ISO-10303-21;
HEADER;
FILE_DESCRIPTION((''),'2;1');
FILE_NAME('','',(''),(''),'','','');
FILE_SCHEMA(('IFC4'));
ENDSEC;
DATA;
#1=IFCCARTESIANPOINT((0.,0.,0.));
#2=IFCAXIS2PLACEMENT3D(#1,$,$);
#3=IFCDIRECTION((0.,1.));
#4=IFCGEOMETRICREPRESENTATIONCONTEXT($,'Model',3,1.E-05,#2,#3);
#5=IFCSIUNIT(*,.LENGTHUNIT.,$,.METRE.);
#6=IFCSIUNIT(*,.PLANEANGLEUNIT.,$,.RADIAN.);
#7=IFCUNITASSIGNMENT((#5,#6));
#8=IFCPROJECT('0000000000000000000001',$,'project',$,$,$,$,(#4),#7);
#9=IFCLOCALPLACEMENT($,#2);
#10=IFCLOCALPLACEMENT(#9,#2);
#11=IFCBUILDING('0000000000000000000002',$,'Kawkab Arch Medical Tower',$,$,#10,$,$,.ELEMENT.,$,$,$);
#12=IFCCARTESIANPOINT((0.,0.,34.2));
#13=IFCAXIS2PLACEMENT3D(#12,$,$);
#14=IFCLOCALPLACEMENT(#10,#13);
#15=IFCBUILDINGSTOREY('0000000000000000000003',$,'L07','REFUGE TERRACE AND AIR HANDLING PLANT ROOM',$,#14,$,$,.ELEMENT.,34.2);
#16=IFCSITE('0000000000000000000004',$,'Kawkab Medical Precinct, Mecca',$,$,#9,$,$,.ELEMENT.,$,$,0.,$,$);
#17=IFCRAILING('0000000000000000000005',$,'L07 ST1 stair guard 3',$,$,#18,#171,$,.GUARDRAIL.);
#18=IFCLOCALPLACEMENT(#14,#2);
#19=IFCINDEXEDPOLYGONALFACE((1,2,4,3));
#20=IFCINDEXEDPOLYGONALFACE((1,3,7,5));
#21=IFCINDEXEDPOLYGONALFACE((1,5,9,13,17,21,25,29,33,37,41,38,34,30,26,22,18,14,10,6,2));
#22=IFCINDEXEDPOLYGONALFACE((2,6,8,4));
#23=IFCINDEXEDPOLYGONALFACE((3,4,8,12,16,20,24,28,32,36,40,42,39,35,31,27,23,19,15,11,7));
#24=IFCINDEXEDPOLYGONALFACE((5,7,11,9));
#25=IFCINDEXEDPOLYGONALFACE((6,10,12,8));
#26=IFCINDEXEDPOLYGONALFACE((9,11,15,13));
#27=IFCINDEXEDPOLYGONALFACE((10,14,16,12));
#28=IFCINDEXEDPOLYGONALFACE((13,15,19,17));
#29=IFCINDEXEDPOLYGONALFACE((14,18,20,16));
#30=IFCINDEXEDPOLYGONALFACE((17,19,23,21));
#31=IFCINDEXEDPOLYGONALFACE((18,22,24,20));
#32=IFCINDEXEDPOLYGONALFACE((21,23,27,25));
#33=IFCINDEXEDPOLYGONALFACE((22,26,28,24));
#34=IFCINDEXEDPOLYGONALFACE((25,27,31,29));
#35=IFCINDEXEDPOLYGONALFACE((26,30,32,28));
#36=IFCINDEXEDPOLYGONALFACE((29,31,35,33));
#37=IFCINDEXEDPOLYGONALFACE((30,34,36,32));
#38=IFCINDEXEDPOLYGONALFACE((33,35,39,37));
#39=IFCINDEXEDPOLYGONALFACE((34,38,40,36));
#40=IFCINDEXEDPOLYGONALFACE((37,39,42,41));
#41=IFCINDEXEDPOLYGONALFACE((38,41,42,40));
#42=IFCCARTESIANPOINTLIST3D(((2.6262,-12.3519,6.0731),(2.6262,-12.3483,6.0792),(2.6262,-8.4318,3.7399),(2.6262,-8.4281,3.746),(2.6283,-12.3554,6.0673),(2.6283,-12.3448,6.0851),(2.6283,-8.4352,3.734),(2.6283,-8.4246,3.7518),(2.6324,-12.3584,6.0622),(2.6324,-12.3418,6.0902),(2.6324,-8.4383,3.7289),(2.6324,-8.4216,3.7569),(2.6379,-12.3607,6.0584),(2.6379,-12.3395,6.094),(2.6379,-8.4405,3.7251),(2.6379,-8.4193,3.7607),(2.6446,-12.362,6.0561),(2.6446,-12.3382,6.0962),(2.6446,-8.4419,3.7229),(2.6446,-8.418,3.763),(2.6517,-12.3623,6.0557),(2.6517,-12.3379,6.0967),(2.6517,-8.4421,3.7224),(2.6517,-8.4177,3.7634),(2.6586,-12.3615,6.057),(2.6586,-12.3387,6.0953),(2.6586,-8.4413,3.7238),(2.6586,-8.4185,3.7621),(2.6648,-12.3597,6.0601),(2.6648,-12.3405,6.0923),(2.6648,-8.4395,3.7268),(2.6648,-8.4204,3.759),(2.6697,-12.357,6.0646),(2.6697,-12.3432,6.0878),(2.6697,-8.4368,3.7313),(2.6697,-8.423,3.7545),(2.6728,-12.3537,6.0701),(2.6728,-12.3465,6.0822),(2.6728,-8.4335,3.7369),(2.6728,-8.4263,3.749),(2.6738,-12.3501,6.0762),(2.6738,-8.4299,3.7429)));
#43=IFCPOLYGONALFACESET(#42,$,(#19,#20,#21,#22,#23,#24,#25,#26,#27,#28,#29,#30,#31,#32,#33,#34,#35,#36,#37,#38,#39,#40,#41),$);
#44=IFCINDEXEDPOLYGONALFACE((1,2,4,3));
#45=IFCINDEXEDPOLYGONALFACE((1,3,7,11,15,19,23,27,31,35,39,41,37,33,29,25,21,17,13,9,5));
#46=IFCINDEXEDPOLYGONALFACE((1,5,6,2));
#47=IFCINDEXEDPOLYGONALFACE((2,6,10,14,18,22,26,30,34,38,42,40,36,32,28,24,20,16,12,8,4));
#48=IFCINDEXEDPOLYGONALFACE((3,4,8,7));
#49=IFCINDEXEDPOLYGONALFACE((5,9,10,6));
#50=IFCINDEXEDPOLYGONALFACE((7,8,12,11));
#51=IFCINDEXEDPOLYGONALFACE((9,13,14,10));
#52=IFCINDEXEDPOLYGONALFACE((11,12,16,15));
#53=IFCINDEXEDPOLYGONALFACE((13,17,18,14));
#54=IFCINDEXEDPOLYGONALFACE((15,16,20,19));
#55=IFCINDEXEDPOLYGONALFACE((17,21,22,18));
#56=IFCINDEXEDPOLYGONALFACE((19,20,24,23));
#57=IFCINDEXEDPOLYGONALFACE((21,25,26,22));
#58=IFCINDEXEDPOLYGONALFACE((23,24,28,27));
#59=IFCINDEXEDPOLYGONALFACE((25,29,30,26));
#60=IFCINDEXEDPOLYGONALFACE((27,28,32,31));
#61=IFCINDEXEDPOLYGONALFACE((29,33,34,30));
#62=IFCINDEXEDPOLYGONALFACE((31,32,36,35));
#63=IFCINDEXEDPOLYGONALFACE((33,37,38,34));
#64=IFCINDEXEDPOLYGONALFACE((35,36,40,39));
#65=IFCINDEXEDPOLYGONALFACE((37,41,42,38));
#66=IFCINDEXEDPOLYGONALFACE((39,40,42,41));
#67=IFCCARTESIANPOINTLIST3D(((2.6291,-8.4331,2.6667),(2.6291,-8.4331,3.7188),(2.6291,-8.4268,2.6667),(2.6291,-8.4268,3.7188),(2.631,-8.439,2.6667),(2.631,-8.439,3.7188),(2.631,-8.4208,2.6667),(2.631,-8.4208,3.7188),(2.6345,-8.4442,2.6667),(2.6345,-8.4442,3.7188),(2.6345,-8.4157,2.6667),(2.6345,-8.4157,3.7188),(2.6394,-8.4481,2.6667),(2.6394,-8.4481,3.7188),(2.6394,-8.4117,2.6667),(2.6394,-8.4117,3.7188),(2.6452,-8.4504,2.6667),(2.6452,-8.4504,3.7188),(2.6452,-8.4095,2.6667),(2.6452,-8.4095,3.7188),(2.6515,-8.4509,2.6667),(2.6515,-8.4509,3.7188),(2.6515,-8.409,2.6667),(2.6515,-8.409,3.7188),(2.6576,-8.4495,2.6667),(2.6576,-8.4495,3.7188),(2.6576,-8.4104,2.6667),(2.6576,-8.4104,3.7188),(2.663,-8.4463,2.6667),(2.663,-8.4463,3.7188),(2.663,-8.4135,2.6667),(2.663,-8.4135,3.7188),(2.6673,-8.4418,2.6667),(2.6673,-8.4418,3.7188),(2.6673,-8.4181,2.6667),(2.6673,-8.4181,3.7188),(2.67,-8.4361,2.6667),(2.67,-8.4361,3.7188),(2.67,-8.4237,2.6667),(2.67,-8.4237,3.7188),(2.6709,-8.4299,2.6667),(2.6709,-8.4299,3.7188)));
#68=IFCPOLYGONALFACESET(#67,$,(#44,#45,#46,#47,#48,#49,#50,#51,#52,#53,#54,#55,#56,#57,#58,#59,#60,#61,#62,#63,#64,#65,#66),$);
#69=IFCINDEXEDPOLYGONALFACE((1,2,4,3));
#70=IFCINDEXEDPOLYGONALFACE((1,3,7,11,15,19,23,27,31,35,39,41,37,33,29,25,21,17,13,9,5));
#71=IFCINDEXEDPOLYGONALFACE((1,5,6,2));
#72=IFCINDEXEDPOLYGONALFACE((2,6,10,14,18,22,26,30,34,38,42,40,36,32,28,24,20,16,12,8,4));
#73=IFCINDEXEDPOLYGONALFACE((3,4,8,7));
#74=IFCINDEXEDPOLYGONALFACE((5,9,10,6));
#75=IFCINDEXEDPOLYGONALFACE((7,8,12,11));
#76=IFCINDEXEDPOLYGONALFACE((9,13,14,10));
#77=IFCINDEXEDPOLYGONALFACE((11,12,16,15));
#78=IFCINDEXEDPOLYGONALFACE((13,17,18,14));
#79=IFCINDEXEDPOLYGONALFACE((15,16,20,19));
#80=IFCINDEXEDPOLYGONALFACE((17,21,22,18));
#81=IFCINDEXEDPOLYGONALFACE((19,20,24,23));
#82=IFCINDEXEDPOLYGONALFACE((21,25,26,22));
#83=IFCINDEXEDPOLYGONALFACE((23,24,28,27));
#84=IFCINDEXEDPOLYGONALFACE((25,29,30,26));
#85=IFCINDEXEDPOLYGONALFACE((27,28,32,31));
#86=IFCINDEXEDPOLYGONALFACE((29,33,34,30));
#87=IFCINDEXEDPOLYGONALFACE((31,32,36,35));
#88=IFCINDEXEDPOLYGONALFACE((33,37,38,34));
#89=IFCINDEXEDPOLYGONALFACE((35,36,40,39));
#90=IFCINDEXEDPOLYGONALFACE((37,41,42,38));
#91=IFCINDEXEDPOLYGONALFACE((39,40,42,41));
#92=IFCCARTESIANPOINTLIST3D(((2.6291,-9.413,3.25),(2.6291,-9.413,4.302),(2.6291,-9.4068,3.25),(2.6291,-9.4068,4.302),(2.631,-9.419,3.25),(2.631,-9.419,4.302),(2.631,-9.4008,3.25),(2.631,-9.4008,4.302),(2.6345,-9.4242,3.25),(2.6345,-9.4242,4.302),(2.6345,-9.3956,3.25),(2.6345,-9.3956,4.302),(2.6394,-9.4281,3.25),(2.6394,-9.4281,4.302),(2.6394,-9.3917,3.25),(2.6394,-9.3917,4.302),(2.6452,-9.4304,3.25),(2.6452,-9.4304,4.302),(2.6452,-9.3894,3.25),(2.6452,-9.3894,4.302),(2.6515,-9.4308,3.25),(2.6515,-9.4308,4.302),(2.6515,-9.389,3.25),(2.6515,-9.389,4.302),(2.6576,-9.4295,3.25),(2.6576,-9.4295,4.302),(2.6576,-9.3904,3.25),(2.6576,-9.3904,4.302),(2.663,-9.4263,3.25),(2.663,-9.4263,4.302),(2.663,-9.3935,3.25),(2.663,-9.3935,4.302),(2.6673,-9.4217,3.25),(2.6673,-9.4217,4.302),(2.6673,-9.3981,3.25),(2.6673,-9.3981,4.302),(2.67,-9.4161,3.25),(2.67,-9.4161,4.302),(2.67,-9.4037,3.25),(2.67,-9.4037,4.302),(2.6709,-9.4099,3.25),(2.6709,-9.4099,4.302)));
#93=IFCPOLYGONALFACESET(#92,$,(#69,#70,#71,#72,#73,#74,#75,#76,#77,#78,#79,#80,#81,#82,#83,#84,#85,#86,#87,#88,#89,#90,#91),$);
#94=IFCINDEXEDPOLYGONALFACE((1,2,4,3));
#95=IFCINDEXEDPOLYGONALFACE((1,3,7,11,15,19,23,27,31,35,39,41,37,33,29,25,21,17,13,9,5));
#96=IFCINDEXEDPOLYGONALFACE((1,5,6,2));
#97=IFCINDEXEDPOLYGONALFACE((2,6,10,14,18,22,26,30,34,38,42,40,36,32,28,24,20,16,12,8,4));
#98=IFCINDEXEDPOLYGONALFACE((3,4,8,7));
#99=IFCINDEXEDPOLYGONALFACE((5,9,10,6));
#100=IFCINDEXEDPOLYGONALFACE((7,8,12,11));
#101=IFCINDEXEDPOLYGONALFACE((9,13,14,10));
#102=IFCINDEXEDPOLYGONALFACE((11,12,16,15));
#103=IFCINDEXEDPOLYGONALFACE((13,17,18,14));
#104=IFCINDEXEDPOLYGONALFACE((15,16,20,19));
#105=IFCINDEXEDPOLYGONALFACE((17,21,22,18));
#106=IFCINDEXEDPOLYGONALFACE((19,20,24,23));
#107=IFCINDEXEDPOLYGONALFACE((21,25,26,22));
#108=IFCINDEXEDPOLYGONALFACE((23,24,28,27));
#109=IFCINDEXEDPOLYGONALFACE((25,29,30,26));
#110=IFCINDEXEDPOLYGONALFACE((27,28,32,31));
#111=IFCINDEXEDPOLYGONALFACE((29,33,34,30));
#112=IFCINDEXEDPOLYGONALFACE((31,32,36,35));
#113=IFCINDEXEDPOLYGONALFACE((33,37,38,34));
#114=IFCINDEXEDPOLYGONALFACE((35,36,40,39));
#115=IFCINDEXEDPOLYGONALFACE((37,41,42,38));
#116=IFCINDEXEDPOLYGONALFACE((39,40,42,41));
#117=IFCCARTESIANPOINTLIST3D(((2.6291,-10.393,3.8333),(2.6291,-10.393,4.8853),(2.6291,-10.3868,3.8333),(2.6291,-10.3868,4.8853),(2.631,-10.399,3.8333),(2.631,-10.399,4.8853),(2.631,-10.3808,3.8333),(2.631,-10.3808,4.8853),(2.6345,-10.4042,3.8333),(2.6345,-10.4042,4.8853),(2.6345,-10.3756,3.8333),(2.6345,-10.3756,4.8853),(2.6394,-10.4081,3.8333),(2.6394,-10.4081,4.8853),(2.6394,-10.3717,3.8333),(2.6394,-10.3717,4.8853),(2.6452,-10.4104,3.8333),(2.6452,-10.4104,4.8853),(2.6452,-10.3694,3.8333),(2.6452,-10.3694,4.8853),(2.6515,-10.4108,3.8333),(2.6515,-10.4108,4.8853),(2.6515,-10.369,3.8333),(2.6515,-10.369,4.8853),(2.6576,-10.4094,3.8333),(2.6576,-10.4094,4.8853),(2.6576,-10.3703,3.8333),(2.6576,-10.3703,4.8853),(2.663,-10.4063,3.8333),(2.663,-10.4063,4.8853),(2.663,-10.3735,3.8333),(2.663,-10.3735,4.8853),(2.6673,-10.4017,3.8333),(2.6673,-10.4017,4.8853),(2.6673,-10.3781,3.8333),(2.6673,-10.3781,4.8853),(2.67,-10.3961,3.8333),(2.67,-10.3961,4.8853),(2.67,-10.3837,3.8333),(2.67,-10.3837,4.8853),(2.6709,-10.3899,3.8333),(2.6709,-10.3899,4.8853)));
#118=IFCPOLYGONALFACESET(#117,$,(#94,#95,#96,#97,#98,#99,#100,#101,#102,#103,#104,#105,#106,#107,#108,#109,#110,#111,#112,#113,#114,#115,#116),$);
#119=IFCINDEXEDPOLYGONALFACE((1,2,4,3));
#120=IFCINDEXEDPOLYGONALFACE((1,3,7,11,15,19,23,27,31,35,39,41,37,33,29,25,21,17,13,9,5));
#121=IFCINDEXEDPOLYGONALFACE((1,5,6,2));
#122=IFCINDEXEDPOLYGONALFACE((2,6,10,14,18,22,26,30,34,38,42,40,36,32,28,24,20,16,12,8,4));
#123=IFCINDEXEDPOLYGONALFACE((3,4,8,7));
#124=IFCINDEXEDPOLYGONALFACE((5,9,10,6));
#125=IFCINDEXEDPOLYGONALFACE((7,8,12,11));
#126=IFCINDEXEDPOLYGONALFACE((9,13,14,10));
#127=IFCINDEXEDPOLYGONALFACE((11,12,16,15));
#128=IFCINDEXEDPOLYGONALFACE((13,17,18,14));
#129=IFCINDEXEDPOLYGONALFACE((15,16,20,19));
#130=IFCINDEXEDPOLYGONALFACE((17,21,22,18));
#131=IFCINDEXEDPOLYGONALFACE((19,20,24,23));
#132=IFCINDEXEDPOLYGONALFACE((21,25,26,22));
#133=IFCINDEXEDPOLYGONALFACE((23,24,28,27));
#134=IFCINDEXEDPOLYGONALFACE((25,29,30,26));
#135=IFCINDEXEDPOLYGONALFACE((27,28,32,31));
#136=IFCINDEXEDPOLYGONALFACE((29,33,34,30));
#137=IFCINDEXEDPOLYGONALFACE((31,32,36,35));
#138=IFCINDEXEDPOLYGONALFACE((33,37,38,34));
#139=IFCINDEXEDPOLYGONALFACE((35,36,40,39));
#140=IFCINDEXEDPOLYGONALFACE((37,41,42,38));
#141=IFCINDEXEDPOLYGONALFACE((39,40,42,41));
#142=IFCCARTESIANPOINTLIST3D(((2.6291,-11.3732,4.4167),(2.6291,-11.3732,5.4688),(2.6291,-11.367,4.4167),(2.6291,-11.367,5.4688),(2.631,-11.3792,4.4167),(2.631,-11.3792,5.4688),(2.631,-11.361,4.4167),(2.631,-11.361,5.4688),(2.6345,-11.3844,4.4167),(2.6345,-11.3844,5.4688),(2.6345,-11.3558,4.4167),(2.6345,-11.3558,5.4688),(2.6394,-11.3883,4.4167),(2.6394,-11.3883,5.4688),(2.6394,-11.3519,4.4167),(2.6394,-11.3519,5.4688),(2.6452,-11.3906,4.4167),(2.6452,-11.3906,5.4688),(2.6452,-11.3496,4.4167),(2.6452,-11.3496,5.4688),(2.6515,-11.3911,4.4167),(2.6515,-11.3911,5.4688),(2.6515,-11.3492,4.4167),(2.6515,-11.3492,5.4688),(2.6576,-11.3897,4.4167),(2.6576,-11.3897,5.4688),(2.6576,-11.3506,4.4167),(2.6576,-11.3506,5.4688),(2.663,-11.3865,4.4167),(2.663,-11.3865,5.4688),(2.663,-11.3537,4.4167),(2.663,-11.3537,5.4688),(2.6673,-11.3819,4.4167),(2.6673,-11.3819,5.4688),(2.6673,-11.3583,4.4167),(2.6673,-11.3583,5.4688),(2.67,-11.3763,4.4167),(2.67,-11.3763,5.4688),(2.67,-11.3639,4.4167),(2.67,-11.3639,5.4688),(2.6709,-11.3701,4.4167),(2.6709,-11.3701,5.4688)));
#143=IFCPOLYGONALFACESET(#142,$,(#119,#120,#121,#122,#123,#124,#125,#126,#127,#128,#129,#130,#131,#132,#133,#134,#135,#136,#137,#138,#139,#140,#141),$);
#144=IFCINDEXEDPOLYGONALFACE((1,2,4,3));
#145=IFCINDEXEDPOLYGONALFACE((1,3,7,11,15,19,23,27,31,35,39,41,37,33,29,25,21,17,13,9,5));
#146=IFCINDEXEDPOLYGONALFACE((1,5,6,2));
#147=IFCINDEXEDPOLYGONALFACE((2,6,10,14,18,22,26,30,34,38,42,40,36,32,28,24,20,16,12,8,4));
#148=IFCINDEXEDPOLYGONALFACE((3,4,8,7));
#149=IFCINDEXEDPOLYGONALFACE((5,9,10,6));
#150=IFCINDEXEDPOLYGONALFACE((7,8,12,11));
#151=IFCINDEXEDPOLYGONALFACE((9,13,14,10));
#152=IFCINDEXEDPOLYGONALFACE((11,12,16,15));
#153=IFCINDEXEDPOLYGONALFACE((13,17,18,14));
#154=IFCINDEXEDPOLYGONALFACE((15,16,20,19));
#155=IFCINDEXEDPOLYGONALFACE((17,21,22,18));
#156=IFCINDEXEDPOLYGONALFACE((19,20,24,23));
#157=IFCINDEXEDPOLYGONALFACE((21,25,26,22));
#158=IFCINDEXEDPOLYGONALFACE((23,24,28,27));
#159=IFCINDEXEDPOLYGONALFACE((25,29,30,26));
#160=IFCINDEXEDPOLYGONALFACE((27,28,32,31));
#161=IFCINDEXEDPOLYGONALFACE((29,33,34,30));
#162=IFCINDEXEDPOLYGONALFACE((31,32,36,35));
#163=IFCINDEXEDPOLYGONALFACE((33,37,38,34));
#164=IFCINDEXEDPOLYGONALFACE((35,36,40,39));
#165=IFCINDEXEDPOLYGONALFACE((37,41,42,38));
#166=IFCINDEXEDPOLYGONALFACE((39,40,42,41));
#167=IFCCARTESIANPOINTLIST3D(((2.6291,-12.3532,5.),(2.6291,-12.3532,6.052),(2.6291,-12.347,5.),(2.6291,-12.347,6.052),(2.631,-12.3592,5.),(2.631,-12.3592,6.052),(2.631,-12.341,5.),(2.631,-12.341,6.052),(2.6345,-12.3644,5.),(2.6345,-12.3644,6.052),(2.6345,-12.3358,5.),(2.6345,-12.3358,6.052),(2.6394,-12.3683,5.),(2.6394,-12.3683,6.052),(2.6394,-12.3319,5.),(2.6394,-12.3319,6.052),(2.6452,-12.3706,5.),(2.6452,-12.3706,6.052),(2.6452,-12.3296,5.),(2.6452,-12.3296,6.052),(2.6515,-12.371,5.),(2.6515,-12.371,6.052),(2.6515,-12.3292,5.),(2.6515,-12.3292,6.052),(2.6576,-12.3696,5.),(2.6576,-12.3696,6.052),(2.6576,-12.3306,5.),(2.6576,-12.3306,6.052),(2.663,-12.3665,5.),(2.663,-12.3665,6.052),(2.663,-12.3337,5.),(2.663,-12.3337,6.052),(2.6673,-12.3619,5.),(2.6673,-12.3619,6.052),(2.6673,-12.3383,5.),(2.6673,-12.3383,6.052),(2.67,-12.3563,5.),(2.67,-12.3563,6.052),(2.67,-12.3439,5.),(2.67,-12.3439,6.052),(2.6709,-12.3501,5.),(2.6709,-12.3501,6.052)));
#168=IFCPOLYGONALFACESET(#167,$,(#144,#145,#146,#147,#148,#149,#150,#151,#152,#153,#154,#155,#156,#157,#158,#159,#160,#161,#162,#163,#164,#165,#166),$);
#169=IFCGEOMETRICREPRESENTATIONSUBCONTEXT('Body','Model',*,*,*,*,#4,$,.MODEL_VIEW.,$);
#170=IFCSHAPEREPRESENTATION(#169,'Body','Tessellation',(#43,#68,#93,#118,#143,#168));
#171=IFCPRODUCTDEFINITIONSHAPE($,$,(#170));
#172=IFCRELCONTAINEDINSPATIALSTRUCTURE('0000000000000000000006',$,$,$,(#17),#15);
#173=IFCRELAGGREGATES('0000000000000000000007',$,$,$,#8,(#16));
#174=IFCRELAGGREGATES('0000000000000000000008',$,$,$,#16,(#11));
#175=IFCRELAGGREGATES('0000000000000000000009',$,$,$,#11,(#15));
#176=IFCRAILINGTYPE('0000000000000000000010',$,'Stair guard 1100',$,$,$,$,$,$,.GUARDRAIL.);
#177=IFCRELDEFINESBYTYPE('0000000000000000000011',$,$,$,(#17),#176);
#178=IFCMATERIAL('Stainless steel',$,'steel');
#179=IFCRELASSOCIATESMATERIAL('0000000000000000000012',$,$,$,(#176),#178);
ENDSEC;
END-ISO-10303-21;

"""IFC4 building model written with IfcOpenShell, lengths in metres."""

from ifc_helpers import new_model, si_unit, direction, frame, origin, origin_2d, place, context, subcontext, project, spatial, circle, extrude, material, type_object, element, save


model = new_model("IFC4")

# Units and contexts
model_context = context("Model", 3, precision=1e-05, world=origin(), true_north=direction((0.0, 1.0)))
body_context = subcontext(model_context, "Body", "Model", "MODEL_VIEW")
ifc_project = project(units=[si_unit("LENGTHUNIT", "METRE"), si_unit("PLANEANGLEUNIT", "RADIAN")], contexts=[model_context])

# Site, building, storey
site_placement = place(None, origin())
site = spatial("IfcSite", under=ifc_project, at=site_placement, Name="Kawkab Medical Precinct, Mecca", CompositionType="ELEMENT", RefElevation=0.0)
building_placement = place(site_placement, origin())
building = spatial("IfcBuilding", under=site, at=building_placement, Name="Kawkab Arch Medical Tower", CompositionType="ELEMENT")
storey_placement = place(building_placement, frame((0.0, 0.0, 34.2)))
storey = spatial("IfcBuildingStorey", under=building, at=storey_placement, Name="L07", Description="REFUGE TERRACE AND AIR HANDLING PLANT ROOM", CompositionType="ELEMENT", Elevation=34.2)

# Railing
ifc_material_1 = material(Name="Stainless steel", Category="steel")
railing_type = type_object("IfcRailingType", Name="Stair guard 1100", PredefinedType="GUARDRAIL", material=ifc_material_1)
railing_1_placement = place(storey_placement, frame((2.6499, -8.4299, 2.6667)))
element("IfcRailing", 1, at=railing_1_placement, inside=storey, type_object=railing_type, Name="L07 ST1 stair guard 3", PredefinedType="GUARDRAIL", context=body_context, shape_type="SweptSolid", body=[
    extrude(circle(Radius=0.0239, at=origin_2d()), frame((0.0, 0.0, 1.0762), z_axis=(0.0, -0.85931, 0.511455), x_axis=(1.0, 0.0, 0.0)), (0.0, 0.0, 1.0), 4.562),
    extrude(circle(Radius=0.021, at=origin_2d()), origin(), (0.0, 0.0, 1.0), 1.052),
    extrude(circle(Radius=0.021, at=origin_2d()), frame((0.0, -0.98, 0.5833)), (0.0, 0.0, 1.0), 1.052),
    extrude(circle(Radius=0.021, at=origin_2d()), frame((0.0, -1.96, 1.1665)), (0.0, 0.0, 1.0), 1.052),
    extrude(circle(Radius=0.021, at=origin_2d()), frame((0.0, -2.9402, 1.75)), (0.0, 0.0, 1.0), 1.052),
    extrude(circle(Radius=0.021, at=origin_2d()), frame((0.0, -3.9202, 2.3333)), (0.0, 0.0, 1.0), 1.052),
])

save(model, "model.ifc")
